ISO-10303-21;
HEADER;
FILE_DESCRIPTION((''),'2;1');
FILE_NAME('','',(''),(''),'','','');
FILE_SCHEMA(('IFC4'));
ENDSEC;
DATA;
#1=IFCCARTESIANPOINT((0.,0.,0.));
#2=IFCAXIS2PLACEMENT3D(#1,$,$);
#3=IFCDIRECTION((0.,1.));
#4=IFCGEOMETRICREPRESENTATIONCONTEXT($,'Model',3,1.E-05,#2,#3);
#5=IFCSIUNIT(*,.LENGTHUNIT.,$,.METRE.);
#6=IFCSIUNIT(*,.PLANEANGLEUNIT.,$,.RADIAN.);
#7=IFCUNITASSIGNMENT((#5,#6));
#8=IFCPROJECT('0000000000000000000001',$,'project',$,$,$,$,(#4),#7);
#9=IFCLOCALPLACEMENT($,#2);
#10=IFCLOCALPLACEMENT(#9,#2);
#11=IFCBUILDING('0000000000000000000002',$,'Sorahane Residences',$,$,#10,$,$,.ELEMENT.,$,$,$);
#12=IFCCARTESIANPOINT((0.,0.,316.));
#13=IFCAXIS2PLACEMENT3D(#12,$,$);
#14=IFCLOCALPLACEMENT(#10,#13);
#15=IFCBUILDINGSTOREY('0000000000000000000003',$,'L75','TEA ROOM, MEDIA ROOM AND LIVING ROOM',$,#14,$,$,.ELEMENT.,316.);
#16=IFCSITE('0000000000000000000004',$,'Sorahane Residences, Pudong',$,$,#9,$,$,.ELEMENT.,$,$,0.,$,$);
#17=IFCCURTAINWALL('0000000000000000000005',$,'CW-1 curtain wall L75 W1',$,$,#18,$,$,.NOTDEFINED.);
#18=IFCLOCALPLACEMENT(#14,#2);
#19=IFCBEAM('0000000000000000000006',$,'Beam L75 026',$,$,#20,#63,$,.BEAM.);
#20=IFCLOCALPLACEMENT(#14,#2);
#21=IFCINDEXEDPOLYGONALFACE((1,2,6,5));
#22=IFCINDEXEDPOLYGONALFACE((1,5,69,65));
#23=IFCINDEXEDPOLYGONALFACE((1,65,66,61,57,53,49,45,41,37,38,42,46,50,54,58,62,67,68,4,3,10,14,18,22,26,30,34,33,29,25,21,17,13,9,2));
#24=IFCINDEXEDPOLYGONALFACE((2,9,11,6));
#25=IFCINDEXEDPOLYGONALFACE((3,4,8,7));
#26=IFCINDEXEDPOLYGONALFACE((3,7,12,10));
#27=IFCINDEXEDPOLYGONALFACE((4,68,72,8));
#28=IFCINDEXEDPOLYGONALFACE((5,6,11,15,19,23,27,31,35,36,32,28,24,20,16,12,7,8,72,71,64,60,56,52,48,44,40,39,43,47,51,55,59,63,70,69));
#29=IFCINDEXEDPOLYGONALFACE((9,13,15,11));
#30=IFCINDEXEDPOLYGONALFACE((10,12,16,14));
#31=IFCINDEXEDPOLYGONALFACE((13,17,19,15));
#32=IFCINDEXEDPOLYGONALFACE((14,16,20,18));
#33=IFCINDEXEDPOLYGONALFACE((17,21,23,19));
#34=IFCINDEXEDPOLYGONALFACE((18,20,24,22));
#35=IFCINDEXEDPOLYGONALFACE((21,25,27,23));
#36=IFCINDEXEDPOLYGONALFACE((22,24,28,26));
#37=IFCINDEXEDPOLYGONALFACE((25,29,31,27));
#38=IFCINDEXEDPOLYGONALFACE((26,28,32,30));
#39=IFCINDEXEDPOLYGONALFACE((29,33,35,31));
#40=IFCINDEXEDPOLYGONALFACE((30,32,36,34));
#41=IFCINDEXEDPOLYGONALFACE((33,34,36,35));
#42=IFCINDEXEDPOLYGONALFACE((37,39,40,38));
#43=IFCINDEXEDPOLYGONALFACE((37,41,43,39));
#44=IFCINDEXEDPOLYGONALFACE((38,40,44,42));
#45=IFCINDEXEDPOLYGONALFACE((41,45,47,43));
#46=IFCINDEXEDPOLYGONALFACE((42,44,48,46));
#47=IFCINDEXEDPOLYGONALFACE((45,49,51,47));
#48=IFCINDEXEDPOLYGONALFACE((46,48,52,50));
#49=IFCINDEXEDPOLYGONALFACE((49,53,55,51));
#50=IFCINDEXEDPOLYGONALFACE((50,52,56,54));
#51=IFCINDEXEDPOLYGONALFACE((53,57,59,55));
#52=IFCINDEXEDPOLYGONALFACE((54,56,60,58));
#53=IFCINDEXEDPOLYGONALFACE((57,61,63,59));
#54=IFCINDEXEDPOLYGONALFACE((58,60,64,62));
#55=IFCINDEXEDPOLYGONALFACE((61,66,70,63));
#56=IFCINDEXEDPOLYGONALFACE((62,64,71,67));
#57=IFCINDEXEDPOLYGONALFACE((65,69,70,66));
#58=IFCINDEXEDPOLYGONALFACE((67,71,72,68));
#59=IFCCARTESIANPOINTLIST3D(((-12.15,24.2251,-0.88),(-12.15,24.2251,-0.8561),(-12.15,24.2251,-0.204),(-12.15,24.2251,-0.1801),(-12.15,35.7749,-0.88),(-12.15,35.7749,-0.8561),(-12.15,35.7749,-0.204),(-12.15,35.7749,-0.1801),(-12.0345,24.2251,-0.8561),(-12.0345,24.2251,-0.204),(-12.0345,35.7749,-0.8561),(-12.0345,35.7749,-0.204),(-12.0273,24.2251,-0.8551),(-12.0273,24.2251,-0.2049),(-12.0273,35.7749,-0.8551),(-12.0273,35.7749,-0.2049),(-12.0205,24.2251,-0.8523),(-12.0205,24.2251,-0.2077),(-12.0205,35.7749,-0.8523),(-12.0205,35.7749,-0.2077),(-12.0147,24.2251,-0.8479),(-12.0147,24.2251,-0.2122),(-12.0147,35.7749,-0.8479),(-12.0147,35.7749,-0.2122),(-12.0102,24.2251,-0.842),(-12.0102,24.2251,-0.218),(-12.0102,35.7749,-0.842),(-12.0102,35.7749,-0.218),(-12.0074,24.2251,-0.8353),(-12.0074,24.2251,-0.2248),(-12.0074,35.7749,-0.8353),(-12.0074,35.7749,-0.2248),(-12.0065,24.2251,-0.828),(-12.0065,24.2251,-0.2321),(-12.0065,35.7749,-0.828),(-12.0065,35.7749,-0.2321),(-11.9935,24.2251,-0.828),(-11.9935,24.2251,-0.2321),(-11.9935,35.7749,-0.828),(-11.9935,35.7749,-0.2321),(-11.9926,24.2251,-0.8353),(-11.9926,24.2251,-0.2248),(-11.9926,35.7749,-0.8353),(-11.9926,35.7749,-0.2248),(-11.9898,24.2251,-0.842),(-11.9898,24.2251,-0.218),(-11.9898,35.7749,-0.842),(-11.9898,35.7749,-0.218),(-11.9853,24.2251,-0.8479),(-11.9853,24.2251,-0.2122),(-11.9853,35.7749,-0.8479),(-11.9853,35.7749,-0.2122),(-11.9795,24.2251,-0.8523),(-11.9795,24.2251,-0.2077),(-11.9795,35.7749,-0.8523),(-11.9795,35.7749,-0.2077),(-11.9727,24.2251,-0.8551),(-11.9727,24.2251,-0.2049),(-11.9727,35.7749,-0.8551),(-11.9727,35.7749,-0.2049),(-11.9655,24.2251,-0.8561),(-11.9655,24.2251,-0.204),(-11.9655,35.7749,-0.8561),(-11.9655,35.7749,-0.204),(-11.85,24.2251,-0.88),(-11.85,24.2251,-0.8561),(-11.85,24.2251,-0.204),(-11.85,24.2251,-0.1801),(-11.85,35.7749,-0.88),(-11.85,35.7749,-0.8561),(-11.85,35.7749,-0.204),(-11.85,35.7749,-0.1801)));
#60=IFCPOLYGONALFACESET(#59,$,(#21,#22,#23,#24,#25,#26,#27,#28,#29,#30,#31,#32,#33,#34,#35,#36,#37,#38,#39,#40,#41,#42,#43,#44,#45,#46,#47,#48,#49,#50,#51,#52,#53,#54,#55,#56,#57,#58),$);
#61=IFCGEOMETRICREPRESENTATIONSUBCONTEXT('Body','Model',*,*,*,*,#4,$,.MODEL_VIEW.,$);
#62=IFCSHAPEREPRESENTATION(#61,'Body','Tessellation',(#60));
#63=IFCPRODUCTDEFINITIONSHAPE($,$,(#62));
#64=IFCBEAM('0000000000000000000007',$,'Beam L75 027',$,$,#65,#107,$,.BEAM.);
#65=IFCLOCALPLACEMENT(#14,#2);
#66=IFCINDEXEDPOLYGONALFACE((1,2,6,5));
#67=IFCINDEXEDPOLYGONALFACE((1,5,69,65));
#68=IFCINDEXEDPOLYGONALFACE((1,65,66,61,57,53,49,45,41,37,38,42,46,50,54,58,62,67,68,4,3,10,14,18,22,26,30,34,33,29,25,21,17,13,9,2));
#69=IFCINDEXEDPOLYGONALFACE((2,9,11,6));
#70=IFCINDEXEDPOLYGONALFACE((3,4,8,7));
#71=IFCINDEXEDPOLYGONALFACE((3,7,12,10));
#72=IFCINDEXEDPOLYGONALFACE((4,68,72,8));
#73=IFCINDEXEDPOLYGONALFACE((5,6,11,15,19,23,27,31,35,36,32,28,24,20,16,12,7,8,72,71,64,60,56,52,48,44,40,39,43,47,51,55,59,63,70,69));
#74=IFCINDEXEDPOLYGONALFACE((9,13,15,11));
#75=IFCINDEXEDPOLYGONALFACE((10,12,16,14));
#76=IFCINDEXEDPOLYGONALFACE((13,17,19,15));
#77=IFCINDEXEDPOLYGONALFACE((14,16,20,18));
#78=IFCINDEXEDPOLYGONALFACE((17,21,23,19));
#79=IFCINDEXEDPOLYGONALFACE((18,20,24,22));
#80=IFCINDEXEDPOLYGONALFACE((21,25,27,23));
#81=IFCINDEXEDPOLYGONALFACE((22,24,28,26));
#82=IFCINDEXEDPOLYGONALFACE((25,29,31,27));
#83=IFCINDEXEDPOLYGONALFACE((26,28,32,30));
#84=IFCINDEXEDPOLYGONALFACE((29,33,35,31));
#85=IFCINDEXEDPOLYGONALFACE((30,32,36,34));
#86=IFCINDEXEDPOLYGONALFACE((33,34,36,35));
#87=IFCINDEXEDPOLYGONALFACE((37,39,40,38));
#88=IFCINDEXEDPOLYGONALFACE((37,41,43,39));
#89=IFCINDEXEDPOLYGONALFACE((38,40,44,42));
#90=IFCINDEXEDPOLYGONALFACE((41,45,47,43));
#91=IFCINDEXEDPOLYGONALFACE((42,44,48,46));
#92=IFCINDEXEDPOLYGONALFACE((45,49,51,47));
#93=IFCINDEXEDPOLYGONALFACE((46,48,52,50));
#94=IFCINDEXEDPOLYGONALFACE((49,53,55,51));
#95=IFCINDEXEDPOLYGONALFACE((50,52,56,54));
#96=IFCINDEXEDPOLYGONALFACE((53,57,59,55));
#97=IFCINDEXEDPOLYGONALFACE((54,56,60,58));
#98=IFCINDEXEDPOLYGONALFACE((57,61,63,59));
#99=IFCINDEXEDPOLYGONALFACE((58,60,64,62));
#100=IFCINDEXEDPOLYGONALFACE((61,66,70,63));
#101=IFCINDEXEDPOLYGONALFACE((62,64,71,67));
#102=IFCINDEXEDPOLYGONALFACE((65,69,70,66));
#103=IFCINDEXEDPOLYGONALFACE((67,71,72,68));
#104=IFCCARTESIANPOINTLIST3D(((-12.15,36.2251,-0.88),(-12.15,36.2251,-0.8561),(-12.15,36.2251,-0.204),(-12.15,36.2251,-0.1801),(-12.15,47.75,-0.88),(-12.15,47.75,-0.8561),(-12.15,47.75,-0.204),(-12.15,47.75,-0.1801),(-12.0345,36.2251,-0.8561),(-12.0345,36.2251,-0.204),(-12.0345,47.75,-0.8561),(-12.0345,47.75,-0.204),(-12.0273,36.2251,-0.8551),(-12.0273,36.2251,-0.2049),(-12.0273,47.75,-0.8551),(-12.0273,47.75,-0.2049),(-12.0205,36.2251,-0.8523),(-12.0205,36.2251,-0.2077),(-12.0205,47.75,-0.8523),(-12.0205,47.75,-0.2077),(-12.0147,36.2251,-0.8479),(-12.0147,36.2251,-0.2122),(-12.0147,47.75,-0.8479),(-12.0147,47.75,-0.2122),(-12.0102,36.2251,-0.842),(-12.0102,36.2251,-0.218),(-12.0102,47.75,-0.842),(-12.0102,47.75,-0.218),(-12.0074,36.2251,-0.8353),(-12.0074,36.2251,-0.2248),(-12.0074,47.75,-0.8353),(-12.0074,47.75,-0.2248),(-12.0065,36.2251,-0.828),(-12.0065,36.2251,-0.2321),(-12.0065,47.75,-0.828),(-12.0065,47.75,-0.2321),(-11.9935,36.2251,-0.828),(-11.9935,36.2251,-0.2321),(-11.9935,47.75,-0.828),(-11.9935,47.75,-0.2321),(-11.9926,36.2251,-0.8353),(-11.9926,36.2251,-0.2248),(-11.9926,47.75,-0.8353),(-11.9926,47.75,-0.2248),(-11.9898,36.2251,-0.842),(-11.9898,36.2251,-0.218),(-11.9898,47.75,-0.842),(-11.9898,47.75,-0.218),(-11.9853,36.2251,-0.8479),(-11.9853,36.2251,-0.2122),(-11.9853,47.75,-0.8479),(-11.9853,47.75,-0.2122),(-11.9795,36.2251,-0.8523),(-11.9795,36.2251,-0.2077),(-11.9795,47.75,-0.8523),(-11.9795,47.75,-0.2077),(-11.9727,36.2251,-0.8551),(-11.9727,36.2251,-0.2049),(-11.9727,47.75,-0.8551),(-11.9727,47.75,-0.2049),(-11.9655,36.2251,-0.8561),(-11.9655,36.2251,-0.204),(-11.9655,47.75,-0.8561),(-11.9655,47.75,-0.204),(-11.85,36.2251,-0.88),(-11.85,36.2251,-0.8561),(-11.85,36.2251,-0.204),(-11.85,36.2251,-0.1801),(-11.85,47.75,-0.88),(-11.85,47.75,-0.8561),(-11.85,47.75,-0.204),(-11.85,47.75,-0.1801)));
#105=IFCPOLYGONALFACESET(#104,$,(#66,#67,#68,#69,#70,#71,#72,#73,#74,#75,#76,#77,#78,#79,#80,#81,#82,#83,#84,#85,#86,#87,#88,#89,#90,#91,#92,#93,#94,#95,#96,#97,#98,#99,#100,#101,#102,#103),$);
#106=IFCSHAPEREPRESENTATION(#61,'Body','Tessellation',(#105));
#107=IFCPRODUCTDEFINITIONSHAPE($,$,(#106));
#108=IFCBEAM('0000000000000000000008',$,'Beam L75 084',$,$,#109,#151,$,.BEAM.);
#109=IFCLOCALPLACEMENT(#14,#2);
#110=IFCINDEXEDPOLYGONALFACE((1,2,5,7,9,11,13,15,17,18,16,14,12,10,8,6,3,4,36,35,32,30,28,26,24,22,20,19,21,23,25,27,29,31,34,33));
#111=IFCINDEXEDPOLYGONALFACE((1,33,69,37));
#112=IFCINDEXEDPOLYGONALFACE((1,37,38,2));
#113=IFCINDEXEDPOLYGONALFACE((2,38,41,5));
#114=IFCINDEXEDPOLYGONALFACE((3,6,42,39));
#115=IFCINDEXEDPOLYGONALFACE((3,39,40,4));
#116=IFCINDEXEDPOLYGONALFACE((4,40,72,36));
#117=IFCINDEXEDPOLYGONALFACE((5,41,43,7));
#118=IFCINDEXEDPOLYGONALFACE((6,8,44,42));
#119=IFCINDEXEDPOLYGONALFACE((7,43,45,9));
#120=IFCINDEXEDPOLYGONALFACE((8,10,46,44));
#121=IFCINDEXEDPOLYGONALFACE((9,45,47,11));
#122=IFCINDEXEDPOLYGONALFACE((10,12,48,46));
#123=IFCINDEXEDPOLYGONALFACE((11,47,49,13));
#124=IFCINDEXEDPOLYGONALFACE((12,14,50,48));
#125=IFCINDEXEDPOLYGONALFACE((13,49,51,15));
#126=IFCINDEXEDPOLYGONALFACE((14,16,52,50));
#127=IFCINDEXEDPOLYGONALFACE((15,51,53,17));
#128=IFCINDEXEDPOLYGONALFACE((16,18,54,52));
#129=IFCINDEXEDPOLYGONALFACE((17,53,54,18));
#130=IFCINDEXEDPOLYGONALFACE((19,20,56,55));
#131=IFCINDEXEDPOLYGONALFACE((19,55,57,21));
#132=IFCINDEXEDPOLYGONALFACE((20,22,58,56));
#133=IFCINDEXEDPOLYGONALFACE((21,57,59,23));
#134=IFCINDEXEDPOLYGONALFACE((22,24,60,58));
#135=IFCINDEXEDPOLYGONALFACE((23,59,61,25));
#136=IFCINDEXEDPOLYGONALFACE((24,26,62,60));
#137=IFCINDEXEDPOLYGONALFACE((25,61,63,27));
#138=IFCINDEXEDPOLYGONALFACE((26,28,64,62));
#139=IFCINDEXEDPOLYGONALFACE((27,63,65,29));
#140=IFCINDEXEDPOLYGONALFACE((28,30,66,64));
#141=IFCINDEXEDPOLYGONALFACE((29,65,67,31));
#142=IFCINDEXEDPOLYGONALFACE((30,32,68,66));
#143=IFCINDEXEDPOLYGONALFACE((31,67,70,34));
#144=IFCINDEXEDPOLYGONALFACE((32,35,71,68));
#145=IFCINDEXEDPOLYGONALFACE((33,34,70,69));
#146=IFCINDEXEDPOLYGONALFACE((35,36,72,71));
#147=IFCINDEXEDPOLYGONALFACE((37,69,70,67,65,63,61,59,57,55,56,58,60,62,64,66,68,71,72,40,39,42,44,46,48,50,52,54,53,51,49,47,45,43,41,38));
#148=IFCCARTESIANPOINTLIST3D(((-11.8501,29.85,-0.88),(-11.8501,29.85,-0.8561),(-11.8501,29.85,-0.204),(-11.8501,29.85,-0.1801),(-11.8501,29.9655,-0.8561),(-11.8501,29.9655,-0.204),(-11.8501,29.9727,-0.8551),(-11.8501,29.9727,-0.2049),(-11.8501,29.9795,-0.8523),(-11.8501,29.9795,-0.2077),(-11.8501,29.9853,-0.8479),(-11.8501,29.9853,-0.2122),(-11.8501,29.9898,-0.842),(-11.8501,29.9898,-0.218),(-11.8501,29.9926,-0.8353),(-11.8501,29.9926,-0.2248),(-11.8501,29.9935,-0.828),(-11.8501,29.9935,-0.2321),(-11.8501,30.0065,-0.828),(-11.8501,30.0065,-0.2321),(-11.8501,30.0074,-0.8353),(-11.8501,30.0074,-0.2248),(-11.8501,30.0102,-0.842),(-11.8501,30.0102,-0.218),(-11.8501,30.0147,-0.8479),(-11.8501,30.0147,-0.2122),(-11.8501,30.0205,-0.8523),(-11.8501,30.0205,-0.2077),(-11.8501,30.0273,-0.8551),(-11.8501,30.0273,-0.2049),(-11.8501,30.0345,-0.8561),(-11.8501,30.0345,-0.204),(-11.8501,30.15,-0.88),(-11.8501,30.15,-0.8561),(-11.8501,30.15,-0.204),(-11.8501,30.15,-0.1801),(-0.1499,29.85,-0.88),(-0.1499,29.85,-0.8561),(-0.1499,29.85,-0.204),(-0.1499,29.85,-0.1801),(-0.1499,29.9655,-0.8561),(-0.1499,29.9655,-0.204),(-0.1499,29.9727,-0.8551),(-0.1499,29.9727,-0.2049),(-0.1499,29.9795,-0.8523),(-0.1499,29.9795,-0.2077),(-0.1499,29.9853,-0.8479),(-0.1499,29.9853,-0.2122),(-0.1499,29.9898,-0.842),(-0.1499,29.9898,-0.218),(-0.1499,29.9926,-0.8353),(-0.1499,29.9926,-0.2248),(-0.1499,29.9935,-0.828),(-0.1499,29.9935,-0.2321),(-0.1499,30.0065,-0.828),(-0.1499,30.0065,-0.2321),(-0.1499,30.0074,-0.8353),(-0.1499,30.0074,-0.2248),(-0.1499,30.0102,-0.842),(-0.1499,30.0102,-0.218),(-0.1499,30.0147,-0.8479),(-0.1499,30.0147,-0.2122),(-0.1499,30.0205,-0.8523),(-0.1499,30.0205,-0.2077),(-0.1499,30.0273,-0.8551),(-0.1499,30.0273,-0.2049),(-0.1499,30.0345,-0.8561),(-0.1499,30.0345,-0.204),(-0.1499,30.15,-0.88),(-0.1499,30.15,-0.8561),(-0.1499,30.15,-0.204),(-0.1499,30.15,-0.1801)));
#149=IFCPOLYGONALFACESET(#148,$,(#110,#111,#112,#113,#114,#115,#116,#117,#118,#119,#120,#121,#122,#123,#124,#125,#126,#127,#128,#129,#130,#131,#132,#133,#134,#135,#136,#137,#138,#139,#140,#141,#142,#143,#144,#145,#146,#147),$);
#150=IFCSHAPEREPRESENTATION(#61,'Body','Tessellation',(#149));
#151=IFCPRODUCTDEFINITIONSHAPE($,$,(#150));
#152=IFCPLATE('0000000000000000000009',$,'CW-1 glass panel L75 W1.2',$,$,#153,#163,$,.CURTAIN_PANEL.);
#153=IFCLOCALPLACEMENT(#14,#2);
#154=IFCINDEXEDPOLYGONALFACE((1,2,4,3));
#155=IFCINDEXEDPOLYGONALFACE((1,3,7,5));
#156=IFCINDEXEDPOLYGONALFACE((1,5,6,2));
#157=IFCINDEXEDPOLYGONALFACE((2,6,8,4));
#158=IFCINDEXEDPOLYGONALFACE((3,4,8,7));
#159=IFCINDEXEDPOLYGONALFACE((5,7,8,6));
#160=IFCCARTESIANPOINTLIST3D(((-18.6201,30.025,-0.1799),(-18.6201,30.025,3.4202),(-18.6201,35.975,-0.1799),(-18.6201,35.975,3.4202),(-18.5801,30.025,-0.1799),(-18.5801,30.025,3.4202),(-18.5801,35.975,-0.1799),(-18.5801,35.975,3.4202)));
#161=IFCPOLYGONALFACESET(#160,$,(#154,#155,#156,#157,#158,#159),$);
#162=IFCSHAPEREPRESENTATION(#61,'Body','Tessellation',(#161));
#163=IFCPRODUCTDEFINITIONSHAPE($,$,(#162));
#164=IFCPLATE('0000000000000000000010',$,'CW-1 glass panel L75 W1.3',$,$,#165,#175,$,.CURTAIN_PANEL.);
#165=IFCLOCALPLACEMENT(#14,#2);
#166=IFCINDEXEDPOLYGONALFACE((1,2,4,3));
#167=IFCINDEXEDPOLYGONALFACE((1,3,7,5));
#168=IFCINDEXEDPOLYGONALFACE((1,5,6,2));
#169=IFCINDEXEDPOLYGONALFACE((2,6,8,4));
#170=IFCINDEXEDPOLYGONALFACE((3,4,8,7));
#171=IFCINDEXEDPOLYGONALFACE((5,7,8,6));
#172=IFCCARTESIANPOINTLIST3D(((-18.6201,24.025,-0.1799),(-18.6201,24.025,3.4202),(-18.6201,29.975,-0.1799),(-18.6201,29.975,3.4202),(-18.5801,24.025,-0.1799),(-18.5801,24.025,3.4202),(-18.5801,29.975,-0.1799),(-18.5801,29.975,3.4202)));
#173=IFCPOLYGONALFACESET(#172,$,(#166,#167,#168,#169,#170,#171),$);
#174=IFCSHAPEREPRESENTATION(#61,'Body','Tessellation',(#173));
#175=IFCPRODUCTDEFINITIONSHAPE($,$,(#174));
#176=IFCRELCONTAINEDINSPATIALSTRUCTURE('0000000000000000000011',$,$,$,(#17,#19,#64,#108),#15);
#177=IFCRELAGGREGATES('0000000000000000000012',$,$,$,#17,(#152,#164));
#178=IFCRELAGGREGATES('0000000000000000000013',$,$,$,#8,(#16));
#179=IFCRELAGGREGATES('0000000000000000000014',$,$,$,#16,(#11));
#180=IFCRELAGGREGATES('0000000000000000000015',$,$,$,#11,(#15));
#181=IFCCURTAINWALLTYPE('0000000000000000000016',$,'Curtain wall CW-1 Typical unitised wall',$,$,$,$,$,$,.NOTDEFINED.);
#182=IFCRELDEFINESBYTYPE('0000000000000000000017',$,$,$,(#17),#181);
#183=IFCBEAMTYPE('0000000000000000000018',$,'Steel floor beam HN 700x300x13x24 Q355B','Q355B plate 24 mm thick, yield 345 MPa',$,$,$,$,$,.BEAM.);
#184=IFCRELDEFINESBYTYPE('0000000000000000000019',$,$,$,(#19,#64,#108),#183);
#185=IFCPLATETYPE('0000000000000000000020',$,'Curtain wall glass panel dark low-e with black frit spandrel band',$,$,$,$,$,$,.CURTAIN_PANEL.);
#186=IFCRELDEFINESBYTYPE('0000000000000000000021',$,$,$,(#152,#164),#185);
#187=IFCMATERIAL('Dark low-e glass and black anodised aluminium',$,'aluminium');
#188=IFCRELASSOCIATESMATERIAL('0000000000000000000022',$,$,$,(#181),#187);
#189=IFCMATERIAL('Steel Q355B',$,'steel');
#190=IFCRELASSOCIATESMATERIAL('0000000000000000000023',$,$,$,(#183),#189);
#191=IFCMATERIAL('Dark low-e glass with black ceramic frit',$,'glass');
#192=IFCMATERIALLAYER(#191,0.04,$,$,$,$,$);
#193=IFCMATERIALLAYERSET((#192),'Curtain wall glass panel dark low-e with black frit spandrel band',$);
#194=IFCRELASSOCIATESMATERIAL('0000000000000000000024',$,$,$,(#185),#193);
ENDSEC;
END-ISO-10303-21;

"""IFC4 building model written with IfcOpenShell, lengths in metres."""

from ifc_helpers import new_model, si_unit, direction, frame, origin, origin_2d, place, context, subcontext, project, spatial, rectangle, i_section, extrude, material, layer, layer_set, material_profile, profile_set, type_object, element, aggregate, save


model = new_model("IFC4")

# Units and contexts
model_context = context("Model", 3, precision=1e-05, world=origin(), true_north=direction((0.0, 1.0)))
body_context = subcontext(model_context, "Body", "Model", "MODEL_VIEW")
ifc_project = project(units=[si_unit("LENGTHUNIT", "METRE"), si_unit("PLANEANGLEUNIT", "RADIAN")], contexts=[model_context])

# Site, building, storey
site_placement = place(None, origin())
site = spatial("IfcSite", under=ifc_project, at=site_placement, Name="Sorahane Residences, Pudong", CompositionType="ELEMENT", RefElevation=0.0)
building_placement = place(site_placement, origin())
building = spatial("IfcBuilding", under=site, at=building_placement, Name="Sorahane Residences", CompositionType="ELEMENT")
storey_placement = place(building_placement, frame((0.0, 0.0, 316.0)))
storey = spatial("IfcBuildingStorey", under=building, at=storey_placement, Name="L75", Description="TEA ROOM, MEDIA ROOM AND LIVING ROOM", CompositionType="ELEMENT", Elevation=316.0)

# Curtain wall
ifc_material_1 = material(Name="Dark low-e glass and black anodised aluminium", Category="aluminium")
curtain_wall_type = type_object("IfcCurtainWallType", Name="Curtain wall CW-1 Typical unitised wall", PredefinedType="NOTDEFINED", material=ifc_material_1)
curtain_wall_placement = place(storey_placement, origin())
curtain_wall = element("IfcCurtainWall", 1, at=curtain_wall_placement, inside=storey, type_object=curtain_wall_type, Name="CW-1 curtain wall L75 W1", PredefinedType="NOTDEFINED")

# Beams
ifc_material_2 = material(Name="Steel Q355B", Category="steel")
ifc_material_profile_1 = material_profile(ifc_material_2, i_section(OverallWidth=0.3, OverallDepth=0.7, WebThickness=0.0129, FlangeThickness=0.0239, FilletRadius=0.0281, at=origin_2d()), Name="HN 700x300x13x24")
ifc_profile_set_1 = profile_set([ifc_material_profile_1], Name="Steel Q355B")
beam_type_1 = type_object("IfcBeamType", Name="Steel floor beam HN 700x300x13x24 Q355B", Description="Q355B plate 24 mm thick, yield 345 MPa", PredefinedType="BEAM", material=ifc_profile_set_1)
beam_1_placement = place(storey_placement, frame((-12.0, 24.2251, -0.53), z_axis=(0.0, 1.0, 0.0), x_axis=(-1.0, 0.0, 0.0)))
element("IfcBeam", 2, at=beam_1_placement, inside=storey, type_object=beam_type_1, Name="Beam L75 026", PredefinedType="BEAM", context=body_context, shape_type="SweptSolid", body=[
    extrude(i_section(OverallWidth=0.3, OverallDepth=0.7, WebThickness=0.0129, FlangeThickness=0.0239, FilletRadius=0.0281, at=origin_2d()), origin(), (0.0, 0.0, 1.0), 11.5498),
])
beam_2_placement = place(storey_placement, frame((-12.0, 36.2251, -0.53), z_axis=(0.0, 1.0, 0.0), x_axis=(-1.0, 0.0, 0.0)))
element("IfcBeam", 3, at=beam_2_placement, inside=storey, type_object=beam_type_1, Name="Beam L75 027", PredefinedType="BEAM", context=body_context, shape_type="SweptSolid", body=[
    extrude(i_section(OverallWidth=0.3, OverallDepth=0.7, WebThickness=0.0129, FlangeThickness=0.0239, FilletRadius=0.0281, at=origin_2d()), origin(), (0.0, 0.0, 1.0), 11.5249),
])
beam_3_placement = place(storey_placement, frame((-11.8501, 30.0, -0.53), z_axis=(1.0, 0.0, 0.0), x_axis=(0.0, 1.0, 0.0)))
element("IfcBeam", 4, at=beam_3_placement, inside=storey, type_object=beam_type_1, Name="Beam L75 084", PredefinedType="BEAM", context=body_context, shape_type="SweptSolid", body=[
    extrude(i_section(OverallWidth=0.3, OverallDepth=0.7, WebThickness=0.0129, FlangeThickness=0.0239, FilletRadius=0.0281, at=origin_2d()), origin(), (0.0, 0.0, 1.0), 11.7002),
])

# Plates
ifc_material_3 = material(Name="Dark low-e glass with black ceramic frit", Category="glass")
ifc_layer_1 = layer(ifc_material_3, 0.04)
ifc_layer_set_1 = layer_set([ifc_layer_1], Name="Curtain wall glass panel dark low-e with black frit spandrel band")
plate_type = type_object("IfcPlateType", Name="Curtain wall glass panel dark low-e with black frit spandrel band", PredefinedType="CURTAIN_PANEL", material=ifc_layer_set_1)
plate_1_placement = place(storey_placement, frame((-18.6001, 33.0, -0.1799), z_axis=(0.0, 0.0, 1.0), x_axis=(0.0, -1.0, 0.0)))
plate_1 = element("IfcPlate", 5, at=plate_1_placement, type_object=plate_type, Name="CW-1 glass panel L75 W1.2", PredefinedType="CURTAIN_PANEL", context=body_context, shape_type="SweptSolid", body=[
    extrude(rectangle(XDim=5.95, YDim=0.04, at=origin_2d()), origin(), (0.0, 0.0, 1.0), 3.6001),
])
plate_2_placement = place(storey_placement, frame((-18.6001, 27.0, -0.1799), z_axis=(0.0, 0.0, 1.0), x_axis=(0.0, -1.0, 0.0)))
plate_2 = element("IfcPlate", 6, at=plate_2_placement, type_object=plate_type, Name="CW-1 glass panel L75 W1.3", PredefinedType="CURTAIN_PANEL", context=body_context, shape_type="SweptSolid", body=[
    extrude(rectangle(XDim=5.95, YDim=0.04, at=origin_2d()), origin(), (0.0, 0.0, 1.0), 3.6001),
])
aggregate(curtain_wall, [plate_1, plate_2])

save(model, "model.ifc")
